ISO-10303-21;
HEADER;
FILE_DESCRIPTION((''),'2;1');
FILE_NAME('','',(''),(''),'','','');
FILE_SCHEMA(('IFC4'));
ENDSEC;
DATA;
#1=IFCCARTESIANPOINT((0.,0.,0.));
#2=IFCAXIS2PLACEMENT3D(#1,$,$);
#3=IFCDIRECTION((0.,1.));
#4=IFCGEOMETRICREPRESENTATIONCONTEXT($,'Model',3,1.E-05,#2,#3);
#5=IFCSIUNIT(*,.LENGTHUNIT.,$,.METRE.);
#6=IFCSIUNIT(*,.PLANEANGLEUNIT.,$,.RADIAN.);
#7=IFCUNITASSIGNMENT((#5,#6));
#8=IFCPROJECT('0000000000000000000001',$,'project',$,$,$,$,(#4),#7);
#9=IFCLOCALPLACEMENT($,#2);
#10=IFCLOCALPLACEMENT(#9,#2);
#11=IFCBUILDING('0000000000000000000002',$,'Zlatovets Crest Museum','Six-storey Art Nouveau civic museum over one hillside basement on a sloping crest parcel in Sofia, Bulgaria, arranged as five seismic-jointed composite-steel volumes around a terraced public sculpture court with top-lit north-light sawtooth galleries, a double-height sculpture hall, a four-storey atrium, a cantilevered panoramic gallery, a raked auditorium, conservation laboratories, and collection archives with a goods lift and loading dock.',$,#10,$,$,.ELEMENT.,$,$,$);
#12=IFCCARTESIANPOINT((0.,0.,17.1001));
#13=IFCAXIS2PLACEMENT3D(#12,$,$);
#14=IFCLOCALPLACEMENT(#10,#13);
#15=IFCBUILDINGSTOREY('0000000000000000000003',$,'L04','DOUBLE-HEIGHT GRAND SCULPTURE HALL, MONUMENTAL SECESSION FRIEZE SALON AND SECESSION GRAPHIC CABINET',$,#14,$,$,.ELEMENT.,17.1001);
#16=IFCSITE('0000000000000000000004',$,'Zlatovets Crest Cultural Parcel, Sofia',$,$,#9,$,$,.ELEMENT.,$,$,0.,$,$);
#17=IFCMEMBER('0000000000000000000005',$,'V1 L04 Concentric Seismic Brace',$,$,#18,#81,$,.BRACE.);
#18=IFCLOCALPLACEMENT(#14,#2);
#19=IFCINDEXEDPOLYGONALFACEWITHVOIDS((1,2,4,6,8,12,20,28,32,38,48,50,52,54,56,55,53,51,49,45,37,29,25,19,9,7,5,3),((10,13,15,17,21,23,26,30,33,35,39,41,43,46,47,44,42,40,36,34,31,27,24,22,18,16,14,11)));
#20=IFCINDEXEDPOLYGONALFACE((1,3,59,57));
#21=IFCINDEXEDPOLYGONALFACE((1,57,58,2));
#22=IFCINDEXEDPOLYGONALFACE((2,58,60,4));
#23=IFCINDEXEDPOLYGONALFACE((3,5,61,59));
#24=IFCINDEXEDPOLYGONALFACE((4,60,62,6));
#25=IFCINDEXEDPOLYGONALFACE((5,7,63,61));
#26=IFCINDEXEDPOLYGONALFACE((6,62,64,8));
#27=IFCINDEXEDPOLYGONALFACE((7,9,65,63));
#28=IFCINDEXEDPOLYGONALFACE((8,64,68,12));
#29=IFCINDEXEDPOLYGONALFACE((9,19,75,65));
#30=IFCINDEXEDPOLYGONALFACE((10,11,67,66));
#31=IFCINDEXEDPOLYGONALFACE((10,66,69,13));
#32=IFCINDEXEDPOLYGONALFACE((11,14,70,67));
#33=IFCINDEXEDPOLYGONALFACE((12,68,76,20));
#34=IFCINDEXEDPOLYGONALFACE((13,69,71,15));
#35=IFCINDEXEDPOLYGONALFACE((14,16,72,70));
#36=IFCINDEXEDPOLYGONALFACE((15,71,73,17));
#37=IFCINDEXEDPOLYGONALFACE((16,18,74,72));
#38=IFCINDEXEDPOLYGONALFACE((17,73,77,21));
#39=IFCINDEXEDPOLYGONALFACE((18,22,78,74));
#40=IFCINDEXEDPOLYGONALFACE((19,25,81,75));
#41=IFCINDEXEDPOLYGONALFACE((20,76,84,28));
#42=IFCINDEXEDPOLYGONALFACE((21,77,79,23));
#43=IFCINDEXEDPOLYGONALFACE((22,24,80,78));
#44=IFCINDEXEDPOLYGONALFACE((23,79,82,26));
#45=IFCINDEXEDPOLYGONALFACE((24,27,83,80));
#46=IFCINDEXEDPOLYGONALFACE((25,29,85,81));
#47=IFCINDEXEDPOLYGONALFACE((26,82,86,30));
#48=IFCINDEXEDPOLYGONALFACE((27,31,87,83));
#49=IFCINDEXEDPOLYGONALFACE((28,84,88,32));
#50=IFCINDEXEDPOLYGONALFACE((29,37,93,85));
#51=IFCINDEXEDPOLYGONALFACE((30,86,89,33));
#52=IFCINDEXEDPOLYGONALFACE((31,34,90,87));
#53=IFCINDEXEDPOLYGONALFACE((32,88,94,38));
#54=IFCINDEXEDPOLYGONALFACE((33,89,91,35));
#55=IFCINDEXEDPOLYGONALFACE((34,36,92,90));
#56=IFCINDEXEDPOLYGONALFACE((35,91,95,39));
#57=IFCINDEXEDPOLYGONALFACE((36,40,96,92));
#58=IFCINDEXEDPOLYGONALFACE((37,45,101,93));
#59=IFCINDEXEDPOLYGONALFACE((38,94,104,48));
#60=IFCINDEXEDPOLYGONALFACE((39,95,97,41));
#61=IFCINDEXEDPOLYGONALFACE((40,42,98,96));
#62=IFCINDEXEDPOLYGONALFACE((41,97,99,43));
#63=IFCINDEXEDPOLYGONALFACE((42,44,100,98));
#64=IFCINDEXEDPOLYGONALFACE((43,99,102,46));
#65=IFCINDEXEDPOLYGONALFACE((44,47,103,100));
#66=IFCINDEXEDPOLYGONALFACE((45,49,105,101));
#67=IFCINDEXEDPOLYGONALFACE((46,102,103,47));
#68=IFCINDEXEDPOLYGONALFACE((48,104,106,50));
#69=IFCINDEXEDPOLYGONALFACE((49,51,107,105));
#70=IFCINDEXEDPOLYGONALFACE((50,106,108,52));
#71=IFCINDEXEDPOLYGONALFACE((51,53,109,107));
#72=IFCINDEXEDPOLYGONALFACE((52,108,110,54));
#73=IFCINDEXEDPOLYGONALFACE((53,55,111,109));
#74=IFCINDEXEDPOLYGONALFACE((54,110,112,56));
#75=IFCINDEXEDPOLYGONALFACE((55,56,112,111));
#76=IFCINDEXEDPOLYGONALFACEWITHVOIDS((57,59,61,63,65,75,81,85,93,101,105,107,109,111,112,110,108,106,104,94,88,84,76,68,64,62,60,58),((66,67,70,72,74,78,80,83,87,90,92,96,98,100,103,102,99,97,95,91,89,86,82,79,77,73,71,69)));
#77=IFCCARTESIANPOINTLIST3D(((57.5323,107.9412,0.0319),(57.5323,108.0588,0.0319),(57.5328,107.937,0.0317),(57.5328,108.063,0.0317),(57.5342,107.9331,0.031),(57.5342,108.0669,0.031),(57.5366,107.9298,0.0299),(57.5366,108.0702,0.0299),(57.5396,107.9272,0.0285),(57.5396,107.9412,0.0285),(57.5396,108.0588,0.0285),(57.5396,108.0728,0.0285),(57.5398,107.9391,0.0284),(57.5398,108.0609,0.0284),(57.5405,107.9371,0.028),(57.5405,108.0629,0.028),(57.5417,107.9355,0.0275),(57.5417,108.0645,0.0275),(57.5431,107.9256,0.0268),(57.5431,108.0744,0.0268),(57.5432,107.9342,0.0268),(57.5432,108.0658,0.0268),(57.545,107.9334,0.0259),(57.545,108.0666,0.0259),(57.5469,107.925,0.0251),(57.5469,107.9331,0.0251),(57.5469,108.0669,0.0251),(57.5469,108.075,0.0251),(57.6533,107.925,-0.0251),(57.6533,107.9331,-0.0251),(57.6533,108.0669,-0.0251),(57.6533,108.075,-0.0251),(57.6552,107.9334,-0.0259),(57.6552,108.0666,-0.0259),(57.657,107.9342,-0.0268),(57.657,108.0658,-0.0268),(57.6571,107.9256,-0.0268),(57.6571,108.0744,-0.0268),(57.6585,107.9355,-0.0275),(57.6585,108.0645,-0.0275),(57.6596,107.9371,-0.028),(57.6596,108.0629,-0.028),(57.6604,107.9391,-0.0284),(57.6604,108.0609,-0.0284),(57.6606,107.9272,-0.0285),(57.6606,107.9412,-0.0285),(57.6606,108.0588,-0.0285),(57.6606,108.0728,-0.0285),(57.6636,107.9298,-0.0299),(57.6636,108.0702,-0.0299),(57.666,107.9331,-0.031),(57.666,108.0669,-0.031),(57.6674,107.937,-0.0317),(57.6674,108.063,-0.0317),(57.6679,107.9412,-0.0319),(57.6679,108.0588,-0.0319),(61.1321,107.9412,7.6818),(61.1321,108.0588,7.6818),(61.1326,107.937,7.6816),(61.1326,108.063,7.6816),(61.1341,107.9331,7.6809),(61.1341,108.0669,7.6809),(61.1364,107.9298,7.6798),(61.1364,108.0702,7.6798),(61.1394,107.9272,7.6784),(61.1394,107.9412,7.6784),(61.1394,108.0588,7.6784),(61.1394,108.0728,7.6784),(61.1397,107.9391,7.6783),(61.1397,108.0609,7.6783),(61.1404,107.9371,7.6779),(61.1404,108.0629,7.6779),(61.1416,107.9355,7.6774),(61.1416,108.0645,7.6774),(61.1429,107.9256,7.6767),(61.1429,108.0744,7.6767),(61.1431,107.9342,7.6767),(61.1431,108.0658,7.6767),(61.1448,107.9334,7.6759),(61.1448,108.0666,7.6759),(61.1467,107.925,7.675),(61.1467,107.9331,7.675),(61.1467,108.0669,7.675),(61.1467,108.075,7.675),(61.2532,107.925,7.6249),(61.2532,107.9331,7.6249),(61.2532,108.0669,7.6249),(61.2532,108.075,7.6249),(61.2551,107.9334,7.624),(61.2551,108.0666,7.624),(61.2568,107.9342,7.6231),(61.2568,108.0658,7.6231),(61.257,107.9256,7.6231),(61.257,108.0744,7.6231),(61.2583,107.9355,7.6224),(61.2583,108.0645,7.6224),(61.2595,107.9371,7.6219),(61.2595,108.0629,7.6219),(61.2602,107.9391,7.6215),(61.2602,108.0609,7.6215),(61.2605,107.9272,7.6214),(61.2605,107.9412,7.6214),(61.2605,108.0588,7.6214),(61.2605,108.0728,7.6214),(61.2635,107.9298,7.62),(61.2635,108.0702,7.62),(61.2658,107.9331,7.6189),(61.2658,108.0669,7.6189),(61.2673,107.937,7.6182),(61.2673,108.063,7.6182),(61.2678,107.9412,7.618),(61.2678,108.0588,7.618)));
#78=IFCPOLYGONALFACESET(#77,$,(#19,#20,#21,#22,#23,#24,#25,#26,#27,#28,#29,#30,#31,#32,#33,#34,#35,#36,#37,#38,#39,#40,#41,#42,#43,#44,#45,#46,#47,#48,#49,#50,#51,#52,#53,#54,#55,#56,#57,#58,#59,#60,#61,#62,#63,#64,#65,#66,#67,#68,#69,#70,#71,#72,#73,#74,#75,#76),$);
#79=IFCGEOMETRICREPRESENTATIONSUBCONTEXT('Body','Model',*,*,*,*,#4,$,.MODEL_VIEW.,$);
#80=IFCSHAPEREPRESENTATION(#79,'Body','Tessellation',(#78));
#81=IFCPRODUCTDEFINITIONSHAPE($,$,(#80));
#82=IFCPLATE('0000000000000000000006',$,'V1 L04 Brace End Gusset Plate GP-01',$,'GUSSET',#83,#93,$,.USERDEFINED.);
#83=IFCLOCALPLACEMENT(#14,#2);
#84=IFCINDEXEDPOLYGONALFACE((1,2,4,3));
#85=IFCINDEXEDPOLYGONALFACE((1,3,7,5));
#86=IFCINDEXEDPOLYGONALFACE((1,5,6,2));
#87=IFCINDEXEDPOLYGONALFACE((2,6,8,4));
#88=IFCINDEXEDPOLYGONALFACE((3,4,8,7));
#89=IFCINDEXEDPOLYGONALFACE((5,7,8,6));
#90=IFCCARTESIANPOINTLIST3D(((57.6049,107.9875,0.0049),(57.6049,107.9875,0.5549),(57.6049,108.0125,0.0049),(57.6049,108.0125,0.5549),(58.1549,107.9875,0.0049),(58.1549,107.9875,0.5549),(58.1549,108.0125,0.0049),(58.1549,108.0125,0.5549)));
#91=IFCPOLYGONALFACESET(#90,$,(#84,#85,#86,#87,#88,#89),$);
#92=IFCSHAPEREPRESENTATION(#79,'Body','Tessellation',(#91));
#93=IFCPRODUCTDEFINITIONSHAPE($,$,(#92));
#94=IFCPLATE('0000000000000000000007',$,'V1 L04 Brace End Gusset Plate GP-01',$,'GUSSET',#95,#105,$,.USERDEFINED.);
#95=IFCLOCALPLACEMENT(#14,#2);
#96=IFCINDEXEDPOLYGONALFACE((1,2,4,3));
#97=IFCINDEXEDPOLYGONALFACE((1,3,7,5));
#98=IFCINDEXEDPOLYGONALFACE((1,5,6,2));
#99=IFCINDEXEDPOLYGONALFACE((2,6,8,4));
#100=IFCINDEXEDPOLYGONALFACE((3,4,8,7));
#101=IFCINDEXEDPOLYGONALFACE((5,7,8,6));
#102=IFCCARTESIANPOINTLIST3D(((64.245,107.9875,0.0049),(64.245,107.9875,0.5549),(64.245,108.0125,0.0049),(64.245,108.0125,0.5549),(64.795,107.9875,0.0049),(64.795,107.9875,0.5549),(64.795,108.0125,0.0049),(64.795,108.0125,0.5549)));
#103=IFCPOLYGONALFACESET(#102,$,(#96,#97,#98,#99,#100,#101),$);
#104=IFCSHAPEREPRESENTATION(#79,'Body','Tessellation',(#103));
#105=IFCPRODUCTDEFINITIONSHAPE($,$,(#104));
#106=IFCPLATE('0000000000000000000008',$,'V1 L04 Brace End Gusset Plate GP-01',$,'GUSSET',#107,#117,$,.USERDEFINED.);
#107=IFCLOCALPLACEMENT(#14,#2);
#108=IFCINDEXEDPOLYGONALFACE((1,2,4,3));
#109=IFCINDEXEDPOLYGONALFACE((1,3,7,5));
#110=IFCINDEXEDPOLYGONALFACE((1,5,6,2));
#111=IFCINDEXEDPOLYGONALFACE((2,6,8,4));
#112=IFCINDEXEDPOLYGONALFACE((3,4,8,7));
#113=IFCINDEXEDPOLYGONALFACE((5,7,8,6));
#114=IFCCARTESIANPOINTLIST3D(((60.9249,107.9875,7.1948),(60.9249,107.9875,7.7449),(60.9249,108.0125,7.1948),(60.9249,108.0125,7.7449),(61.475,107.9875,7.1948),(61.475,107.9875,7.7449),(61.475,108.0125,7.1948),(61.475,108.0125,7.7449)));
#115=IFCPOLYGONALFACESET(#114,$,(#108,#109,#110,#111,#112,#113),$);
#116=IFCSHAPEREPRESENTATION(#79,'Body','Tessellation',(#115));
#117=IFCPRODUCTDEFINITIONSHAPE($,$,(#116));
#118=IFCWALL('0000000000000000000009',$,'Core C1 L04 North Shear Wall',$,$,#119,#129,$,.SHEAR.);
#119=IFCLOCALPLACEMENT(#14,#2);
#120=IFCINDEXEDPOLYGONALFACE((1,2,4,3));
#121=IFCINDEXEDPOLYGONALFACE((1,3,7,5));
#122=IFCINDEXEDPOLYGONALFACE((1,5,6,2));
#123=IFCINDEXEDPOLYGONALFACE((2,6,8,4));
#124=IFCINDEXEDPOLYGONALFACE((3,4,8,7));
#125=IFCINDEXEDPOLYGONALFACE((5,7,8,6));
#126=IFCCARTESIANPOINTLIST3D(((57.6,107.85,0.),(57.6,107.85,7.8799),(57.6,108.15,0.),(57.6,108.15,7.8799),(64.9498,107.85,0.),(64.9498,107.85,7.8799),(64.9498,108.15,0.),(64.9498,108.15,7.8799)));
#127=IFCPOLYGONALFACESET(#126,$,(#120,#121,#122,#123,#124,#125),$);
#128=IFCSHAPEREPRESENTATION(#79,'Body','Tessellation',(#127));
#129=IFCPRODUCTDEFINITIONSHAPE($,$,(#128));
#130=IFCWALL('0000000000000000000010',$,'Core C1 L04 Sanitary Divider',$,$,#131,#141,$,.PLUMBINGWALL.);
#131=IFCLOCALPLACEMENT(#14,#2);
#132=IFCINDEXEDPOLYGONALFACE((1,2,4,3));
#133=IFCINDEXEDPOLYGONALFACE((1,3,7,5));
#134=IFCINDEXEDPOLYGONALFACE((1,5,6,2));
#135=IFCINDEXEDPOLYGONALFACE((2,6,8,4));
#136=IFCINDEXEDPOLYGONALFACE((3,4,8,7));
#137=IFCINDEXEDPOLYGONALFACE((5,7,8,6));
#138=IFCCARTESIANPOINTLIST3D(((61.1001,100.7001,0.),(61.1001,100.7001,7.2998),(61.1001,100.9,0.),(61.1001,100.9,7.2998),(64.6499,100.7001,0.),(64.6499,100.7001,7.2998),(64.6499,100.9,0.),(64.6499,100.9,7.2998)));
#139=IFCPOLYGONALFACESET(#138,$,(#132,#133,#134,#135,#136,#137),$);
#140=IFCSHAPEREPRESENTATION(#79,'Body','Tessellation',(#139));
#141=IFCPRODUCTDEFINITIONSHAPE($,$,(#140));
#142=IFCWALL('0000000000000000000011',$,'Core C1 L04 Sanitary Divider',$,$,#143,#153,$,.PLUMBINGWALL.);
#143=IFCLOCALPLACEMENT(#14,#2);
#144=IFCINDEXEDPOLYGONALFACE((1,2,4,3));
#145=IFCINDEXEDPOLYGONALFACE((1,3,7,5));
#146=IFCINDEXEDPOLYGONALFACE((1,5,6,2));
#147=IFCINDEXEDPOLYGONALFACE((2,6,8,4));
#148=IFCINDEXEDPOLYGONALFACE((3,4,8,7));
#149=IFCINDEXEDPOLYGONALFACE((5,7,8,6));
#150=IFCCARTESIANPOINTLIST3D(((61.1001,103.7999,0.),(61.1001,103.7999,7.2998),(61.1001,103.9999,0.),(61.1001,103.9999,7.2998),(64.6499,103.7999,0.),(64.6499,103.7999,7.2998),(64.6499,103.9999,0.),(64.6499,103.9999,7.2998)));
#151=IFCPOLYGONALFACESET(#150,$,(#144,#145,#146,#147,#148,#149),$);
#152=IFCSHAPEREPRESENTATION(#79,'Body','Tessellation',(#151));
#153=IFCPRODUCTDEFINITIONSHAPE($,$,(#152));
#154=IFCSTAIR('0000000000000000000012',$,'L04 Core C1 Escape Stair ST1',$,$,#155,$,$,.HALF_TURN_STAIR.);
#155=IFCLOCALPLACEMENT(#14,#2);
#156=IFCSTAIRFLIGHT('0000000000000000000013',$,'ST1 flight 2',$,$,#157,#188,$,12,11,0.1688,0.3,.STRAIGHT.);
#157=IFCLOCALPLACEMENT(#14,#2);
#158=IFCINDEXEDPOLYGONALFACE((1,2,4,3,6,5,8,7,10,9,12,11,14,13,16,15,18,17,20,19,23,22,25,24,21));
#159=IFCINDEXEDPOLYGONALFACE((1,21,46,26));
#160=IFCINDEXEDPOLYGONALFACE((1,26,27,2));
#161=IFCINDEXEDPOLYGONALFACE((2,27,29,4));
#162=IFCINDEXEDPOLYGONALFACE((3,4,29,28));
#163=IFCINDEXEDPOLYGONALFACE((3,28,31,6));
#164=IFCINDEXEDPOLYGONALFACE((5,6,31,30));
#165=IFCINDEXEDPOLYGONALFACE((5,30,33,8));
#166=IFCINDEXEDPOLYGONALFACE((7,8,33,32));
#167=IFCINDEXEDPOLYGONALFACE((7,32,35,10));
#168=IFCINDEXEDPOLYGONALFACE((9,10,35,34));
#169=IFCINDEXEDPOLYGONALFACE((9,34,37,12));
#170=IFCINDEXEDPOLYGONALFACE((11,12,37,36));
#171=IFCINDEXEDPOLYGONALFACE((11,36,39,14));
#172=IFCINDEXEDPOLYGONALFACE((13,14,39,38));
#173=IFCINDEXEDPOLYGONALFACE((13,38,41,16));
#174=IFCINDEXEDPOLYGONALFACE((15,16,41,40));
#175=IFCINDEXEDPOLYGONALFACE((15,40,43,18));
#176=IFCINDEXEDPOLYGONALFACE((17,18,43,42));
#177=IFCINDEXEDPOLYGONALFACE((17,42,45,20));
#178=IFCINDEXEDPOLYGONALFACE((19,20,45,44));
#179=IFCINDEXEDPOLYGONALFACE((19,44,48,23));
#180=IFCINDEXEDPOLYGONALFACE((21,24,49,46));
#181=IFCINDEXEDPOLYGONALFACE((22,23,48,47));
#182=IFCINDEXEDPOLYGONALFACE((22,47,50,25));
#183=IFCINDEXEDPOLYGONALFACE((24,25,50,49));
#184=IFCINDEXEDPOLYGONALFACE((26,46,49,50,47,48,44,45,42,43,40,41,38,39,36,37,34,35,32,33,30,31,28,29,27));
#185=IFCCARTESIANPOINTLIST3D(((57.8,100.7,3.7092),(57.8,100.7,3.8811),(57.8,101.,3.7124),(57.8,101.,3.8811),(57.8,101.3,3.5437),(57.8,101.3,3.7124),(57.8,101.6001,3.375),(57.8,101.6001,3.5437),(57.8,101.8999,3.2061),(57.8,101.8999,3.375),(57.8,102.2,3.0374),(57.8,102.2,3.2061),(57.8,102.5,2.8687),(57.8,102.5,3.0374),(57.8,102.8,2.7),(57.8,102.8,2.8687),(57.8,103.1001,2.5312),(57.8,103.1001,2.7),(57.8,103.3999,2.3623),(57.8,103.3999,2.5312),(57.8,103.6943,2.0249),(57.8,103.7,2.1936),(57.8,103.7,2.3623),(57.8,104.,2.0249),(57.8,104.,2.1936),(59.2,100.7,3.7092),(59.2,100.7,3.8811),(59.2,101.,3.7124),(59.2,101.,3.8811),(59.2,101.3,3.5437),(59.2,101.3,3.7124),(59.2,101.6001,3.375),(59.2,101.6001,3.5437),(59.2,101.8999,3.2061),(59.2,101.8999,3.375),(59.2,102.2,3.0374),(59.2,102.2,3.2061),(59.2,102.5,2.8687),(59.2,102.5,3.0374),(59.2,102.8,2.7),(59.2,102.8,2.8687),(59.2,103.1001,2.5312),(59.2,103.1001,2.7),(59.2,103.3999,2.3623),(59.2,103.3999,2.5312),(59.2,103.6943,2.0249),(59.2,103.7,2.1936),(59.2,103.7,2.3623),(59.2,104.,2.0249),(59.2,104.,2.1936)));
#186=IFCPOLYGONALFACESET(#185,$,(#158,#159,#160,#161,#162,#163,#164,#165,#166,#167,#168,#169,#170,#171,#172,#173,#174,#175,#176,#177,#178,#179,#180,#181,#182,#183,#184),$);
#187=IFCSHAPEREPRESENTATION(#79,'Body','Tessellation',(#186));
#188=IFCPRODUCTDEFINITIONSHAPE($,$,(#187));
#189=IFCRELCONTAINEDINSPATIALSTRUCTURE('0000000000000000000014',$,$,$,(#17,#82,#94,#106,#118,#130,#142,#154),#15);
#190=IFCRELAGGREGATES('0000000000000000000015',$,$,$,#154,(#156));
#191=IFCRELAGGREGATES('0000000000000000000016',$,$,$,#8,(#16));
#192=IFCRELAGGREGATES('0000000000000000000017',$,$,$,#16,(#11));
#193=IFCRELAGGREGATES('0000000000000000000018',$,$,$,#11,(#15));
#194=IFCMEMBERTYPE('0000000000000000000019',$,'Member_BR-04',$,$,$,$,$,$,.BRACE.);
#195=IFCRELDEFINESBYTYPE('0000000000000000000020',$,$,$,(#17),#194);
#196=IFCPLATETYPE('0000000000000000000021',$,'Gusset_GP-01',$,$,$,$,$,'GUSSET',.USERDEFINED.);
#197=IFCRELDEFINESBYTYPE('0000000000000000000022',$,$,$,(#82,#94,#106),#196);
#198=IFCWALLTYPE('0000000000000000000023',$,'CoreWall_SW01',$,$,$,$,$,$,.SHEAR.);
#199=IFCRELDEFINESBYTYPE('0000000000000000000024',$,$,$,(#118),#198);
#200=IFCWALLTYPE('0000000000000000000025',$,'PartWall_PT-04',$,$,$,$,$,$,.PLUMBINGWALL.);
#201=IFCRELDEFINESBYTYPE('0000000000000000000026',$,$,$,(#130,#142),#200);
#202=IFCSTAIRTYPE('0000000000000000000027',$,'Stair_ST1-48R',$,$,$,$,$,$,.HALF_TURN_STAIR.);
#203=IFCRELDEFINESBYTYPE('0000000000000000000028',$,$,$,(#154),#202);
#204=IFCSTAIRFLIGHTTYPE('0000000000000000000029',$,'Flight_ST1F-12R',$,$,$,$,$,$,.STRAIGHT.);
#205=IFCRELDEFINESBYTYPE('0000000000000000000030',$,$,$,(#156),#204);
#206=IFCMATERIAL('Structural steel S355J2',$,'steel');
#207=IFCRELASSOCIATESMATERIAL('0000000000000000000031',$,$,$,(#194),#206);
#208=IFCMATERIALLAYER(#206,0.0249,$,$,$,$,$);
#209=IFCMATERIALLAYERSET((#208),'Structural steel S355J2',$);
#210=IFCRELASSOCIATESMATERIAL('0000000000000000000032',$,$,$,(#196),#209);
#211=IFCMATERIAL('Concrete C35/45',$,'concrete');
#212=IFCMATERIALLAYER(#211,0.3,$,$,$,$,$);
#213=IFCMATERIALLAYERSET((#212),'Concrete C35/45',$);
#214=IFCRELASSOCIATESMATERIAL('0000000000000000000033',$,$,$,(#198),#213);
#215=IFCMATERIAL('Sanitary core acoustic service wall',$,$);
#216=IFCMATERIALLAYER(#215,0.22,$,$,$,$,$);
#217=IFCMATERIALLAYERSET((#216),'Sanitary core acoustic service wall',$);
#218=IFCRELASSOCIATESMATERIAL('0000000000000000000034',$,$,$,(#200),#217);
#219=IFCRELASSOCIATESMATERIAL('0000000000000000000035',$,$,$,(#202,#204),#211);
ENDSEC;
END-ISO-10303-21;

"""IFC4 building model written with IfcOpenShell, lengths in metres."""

from ifc_helpers import new_model, si_unit, direction, frame, frame_2d, origin, origin_2d, place, context, subcontext, project, spatial, polyline, rectangle, hollow_rectangle, outline, extrude, material, layer, layer_set, material_profile, profile_set, type_object, element, aggregate, save


model = new_model("IFC4")

# Units and contexts
model_context = context("Model", 3, precision=1e-05, world=origin(), true_north=direction((0.0, 1.0)))
body_context = subcontext(model_context, "Body", "Model", "MODEL_VIEW")
ifc_project = project(units=[si_unit("LENGTHUNIT", "METRE"), si_unit("PLANEANGLEUNIT", "RADIAN")], contexts=[model_context])

# Site, building, storey
site_placement = place(None, origin())
site = spatial("IfcSite", under=ifc_project, at=site_placement, Name="Zlatovets Crest Cultural Parcel, Sofia", CompositionType="ELEMENT", RefElevation=0.0)
building_placement = place(site_placement, origin())
building = spatial("IfcBuilding", under=site, at=building_placement, Name="Zlatovets Crest Museum", Description="Six-storey Art Nouveau civic museum over one hillside basement on a sloping crest parcel in Sofia, Bulgaria, arranged as five seismic-jointed composite-steel volumes around a terraced public sculpture court with top-lit north-light sawtooth galleries, a double-height sculpture hall, a four-storey atrium, a cantilevered panoramic gallery, a raked auditorium, conservation laboratories, and collection archives with a goods lift and loading dock.", CompositionType="ELEMENT")
storey_placement = place(building_placement, frame((0.0, 0.0, 17.1001)))
storey = spatial("IfcBuildingStorey", under=building, at=storey_placement, Name="L04", Description="DOUBLE-HEIGHT GRAND SCULPTURE HALL, MONUMENTAL SECESSION FRIEZE SALON AND SECESSION GRAPHIC CABINET", CompositionType="ELEMENT", Elevation=17.1001)

# Shared definitions
ifc_material_1 = material(Name="Structural steel S355J2", Category="steel")

# Member
ifc_material_profile_1 = material_profile(ifc_material_1, hollow_rectangle(XDim=0.1499, YDim=0.1499, WallThickness=0.0081, InnerFilletRadius=0.0081, OuterFilletRadius=0.0161, at=origin_2d()), Name="SHS 150x150x8.0")
ifc_profile_set_1 = profile_set([ifc_material_profile_1], Name="Structural steel S355J2")
member_type = type_object("IfcMemberType", Name="Member_BR-04", PredefinedType="BRACE", material=ifc_profile_set_1)
member_placement = place(storey_placement, frame((57.6001, 108.0, 0.0), z_axis=(0.425787, 0.0, 0.904823), x_axis=(0.0, 1.0, 0.0)))
element("IfcMember", 1, at=member_placement, inside=storey, type_object=member_type, Name="V1 L04 Concentric Seismic Brace", PredefinedType="BRACE", context=body_context, shape_type="SweptSolid", body=[
    extrude(hollow_rectangle(XDim=0.1499, YDim=0.1499, WallThickness=0.0081, InnerFilletRadius=0.0081, OuterFilletRadius=0.0161, at=origin_2d()), origin(), (0.0, 0.0, 1.0), 8.4546),
])

# Plates
ifc_layer_1 = layer(ifc_material_1, 0.0249)
ifc_layer_set_1 = layer_set([ifc_layer_1], Name="Structural steel S355J2")
plate_type = type_object("IfcPlateType", Name="Gusset_GP-01", ElementType="GUSSET", PredefinedType="USERDEFINED", material=ifc_layer_set_1)
for number, where, z_axis, x_axis, name in (
    (2, (57.8799, 108.0, 0.0049), (0.0, 0.0, 1.0), (1.0, 0.0, 0.0), "V1 L04 Brace End Gusset Plate GP-01"),
    (3, (64.52, 108.0, 0.0049), (0.0, 0.0, 1.0), (1.0, 0.0, 0.0), "V1 L04 Brace End Gusset Plate GP-01"),
    (4, (61.2, 108.0, 7.1948), (0.0, 0.0, 1.0), (1.0, 0.0, 0.0), "V1 L04 Brace End Gusset Plate GP-01"),
):
    element("IfcPlate", number, at=place(storey_placement, frame(where, z_axis=z_axis, x_axis=x_axis)), inside=storey, type_object=plate_type, Name=name, ObjectType="GUSSET", PredefinedType="USERDEFINED", context=body_context, shape_type="SweptSolid", body=[
        extrude(rectangle(XDim=0.55, YDim=0.0249, at=origin_2d()), origin(), (0.0, 0.0, 1.0), 0.55),
    ])

# Walls
ifc_material_2 = material(Name="Concrete C35/45", Category="concrete")
ifc_layer_2 = layer(ifc_material_2, 0.3)
ifc_layer_set_2 = layer_set([ifc_layer_2], Name="Concrete C35/45")
wall_type_1 = type_object("IfcWallType", Name="CoreWall_SW01", PredefinedType="SHEAR", material=ifc_layer_set_2)
wall_placement = place(storey_placement, frame((57.6001, 108.0, 0.0), z_axis=(0.0, 0.0, 1.0), x_axis=(1.0, 0.0, 0.0)))
element("IfcWall", 5, at=wall_placement, inside=storey, type_object=wall_type_1, Name="Core C1 L04 North Shear Wall", PredefinedType="SHEAR", context=body_context, shape_type="SweptSolid", body=[
    extrude(rectangle(XDim=7.3499, YDim=0.3, at=frame_2d((3.6748, 0.0))), origin(), (0.0, 0.0, 1.0), 7.8799),
])
ifc_material_3 = material(Name="Sanitary core acoustic service wall")
ifc_layer_3 = layer(ifc_material_3, 0.22)
ifc_layer_set_3 = layer_set([ifc_layer_3], Name="Sanitary core acoustic service wall")
wall_type_2 = type_object("IfcWallType", Name="PartWall_PT-04", PredefinedType="PLUMBINGWALL", material=ifc_layer_set_3)
for number, where, z_axis, x_axis, name in (
    (6, (61.1001, 100.8, 0.0), (0.0, 0.0, 1.0), (1.0, 0.0, 0.0), "Core C1 L04 Sanitary Divider"),
    (7, (61.1001, 103.8999, 0.0), (0.0, 0.0, 1.0), (1.0, 0.0, 0.0), "Core C1 L04 Sanitary Divider"),
):
    element("IfcWall", number, at=place(storey_placement, frame(where, z_axis=z_axis, x_axis=x_axis)), inside=storey, type_object=wall_type_2, Name=name, PredefinedType="PLUMBINGWALL", context=body_context, shape_type="SweptSolid", body=[
        extrude(rectangle(XDim=3.5498, YDim=0.2, at=frame_2d((1.7749, 0.0))), origin(), (0.0, 0.0, 1.0), 7.2998),
    ])

# Stair, stair flight
stair_type = type_object("IfcStairType", Name="Stair_ST1-48R", PredefinedType="HALF_TURN_STAIR", material=ifc_material_2)
stair_placement = place(storey_placement, origin())
stair = element("IfcStair", 8, at=stair_placement, inside=storey, type_object=stair_type, Name="L04 Core C1 Escape Stair ST1", PredefinedType="HALF_TURN_STAIR")
stair_flight_type = type_object("IfcStairFlightType", Name="Flight_ST1F-12R", PredefinedType="STRAIGHT", material=ifc_material_2)
stair_flight_1_placement = place(storey_placement, frame((58.5, 104.0, 2.0249), z_axis=(0.0, 0.0, 1.0), x_axis=(0.0, -1.0, 0.0)))
stair_flight_1 = element("IfcStairFlight", 9, at=stair_flight_1_placement, type_object=stair_flight_type, Name="ST1 flight 2", NumberOfRisers=12, NumberOfTreads=11, PredefinedType="STRAIGHT", RiserHeight=0.1688, TreadLength=0.3, context=body_context, shape_type="SweptSolid", body=[
    extrude(outline(polyline([(0.0, 0.0), (0.0, 0.1687), (0.3, 0.1687), (0.3, 0.3374), (0.6001, 0.3374), (0.6001, 0.5063), (0.8999, 0.5063), (0.8999, 0.675), (1.2, 0.675), (1.2, 0.8438), (1.5, 0.8438), (1.5, 1.0125), (1.8, 1.0125), (1.8, 1.1812), (2.1001, 1.1812), (2.1001, 1.3501), (2.3999, 1.3501), (2.3999, 1.5188), (2.7, 1.5188), (2.7, 1.6875), (3.0, 1.6875), (3.0, 1.8562), (3.3, 1.8562), (3.3, 2.0249), (3.3, 1.6843), (0.3057, 0.0), (0.0, 0.0)])), frame((0.0, 0.7, 0.0), z_axis=(0.0, -1.0, 0.0), x_axis=(1.0, 0.0, 0.0)), (0.0, 0.0, 1.0), 1.3999),
])
aggregate(stair, [stair_flight_1])

save(model, "model.ifc")
